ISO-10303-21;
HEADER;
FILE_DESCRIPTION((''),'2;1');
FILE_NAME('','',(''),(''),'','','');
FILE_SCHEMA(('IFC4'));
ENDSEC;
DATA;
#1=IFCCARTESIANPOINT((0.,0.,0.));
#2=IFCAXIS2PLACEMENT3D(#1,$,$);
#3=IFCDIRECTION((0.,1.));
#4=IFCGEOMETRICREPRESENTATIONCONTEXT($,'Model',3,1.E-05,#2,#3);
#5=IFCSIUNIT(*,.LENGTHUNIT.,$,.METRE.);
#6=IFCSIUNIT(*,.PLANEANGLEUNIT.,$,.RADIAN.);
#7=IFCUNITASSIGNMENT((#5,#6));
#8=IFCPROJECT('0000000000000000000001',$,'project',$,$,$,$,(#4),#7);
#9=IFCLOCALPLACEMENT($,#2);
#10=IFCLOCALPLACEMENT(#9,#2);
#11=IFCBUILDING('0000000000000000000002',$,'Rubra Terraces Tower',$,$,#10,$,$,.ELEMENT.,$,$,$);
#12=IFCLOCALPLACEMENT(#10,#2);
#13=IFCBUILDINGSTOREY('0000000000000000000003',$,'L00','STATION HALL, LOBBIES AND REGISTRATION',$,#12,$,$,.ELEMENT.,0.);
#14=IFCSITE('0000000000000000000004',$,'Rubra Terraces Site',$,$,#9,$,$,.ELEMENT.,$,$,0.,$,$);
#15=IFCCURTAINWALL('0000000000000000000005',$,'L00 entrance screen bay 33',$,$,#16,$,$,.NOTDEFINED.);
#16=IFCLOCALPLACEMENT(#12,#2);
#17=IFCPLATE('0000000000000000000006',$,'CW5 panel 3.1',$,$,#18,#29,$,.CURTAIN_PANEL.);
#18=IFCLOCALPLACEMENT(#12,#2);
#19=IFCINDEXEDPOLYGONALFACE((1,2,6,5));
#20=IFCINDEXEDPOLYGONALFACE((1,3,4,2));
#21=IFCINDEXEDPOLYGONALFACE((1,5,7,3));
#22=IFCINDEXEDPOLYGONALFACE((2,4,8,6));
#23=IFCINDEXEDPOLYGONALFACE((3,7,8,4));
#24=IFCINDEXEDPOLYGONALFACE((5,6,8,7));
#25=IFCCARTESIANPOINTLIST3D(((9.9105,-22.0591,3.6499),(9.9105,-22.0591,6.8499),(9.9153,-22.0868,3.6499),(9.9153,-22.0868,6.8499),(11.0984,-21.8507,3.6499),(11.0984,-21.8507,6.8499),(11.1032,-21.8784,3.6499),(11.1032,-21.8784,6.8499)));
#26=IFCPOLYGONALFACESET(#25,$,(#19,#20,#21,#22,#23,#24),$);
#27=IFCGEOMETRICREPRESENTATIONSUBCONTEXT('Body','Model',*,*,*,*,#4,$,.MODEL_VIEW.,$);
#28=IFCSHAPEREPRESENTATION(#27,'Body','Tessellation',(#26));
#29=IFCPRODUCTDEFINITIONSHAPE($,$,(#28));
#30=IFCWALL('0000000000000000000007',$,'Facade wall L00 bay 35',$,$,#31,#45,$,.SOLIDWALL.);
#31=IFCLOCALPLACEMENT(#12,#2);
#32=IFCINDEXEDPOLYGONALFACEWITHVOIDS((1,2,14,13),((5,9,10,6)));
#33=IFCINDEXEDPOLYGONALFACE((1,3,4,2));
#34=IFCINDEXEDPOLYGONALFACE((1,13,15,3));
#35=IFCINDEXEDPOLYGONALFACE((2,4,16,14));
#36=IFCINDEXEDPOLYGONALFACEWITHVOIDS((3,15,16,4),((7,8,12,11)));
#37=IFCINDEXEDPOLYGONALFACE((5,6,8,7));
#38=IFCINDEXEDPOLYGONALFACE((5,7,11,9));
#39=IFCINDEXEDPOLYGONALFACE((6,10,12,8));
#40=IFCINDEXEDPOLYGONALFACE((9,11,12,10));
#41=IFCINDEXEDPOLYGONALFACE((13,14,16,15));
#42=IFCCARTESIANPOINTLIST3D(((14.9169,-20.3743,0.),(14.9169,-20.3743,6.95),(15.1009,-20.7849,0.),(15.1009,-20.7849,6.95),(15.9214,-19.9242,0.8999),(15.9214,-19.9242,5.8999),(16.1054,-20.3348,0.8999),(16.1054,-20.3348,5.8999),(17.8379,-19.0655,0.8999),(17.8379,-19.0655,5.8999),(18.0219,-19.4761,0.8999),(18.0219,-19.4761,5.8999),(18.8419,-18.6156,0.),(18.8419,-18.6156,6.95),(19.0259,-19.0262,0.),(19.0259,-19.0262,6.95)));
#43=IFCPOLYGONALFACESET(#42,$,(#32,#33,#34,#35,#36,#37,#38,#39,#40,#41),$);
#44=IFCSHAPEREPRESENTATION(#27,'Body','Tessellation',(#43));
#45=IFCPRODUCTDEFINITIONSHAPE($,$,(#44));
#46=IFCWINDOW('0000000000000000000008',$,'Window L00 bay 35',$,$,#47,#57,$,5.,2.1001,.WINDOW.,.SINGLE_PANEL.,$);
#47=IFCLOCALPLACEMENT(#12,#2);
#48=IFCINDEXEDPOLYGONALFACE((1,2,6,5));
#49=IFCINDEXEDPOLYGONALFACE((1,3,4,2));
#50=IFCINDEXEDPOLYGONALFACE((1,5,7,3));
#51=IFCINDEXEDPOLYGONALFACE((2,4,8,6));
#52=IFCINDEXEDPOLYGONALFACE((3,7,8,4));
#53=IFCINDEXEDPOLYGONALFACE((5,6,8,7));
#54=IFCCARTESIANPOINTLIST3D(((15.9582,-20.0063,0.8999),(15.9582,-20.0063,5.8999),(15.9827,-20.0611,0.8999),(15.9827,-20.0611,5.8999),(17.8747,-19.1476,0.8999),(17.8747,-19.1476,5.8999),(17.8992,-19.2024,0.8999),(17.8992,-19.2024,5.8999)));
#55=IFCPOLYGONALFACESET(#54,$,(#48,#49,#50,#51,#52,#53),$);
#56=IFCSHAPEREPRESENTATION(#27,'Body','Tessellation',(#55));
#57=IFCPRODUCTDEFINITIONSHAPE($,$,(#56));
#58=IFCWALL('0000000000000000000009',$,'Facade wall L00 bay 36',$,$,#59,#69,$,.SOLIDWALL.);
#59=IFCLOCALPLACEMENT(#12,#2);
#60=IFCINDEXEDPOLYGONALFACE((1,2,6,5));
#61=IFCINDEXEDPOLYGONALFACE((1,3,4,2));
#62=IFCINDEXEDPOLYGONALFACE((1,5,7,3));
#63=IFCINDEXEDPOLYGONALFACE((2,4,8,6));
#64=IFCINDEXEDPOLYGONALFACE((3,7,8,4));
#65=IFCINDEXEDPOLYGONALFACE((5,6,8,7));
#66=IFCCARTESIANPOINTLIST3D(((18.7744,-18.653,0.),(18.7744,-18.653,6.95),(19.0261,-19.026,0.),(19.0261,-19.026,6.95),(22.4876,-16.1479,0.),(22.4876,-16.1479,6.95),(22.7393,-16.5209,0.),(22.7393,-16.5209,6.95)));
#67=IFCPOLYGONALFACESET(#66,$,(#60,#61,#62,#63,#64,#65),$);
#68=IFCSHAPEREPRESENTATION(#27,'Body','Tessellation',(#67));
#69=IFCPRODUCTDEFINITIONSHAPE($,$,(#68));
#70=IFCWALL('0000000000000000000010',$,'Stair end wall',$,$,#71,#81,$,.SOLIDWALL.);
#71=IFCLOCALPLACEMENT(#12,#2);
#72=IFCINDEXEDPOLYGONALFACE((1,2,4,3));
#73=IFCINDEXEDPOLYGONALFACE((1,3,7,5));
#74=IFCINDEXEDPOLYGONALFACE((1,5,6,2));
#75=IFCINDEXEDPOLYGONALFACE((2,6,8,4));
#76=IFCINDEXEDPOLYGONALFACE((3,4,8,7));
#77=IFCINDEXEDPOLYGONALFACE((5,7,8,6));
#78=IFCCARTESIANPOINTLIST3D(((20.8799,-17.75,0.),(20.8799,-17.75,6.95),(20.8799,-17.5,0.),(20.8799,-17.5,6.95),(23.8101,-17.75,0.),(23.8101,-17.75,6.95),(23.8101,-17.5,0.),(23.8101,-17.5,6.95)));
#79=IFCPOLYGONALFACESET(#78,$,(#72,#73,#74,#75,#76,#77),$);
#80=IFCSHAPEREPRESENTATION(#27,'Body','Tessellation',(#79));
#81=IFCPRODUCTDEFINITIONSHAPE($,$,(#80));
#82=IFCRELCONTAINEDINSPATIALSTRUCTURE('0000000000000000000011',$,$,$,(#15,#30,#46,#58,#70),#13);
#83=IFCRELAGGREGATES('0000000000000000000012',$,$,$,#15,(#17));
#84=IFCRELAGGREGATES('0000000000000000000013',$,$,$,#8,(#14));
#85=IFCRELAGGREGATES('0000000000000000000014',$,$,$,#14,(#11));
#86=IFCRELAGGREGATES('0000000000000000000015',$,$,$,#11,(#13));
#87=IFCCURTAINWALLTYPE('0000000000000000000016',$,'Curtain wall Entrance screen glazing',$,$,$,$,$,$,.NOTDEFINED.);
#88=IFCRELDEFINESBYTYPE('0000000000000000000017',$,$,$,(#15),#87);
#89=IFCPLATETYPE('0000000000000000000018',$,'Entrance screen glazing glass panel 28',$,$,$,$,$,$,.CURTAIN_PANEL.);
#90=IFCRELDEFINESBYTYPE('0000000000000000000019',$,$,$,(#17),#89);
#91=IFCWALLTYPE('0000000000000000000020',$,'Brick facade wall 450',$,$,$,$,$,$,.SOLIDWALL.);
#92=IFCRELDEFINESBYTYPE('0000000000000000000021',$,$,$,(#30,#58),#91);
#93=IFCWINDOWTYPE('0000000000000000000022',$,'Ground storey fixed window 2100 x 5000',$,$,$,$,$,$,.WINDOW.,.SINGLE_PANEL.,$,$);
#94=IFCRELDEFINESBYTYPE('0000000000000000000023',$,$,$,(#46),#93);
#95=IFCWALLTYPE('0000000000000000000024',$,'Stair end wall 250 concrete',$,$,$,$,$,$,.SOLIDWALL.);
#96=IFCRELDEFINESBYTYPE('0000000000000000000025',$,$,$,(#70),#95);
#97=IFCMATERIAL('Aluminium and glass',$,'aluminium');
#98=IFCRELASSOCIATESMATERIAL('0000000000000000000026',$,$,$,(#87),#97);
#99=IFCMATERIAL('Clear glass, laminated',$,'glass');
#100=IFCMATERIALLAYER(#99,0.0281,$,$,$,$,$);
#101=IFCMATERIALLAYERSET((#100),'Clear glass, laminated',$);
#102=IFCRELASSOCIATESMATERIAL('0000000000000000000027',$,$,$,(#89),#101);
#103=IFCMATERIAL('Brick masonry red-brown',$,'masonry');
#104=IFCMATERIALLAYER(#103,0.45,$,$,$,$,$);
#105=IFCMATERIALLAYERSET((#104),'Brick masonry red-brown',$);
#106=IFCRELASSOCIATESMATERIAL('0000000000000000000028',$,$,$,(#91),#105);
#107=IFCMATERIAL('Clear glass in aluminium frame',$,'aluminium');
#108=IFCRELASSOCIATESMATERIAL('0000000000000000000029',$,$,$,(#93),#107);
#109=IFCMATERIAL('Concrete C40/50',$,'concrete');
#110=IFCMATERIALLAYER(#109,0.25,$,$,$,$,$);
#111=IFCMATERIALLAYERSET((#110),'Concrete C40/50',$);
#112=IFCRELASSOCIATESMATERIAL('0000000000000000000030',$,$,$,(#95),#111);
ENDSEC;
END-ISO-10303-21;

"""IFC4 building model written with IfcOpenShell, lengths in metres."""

from ifc_helpers import new_model, si_unit, direction, frame, frame_2d, origin, origin_2d, place, context, subcontext, project, spatial, rectangle, extrude, material, layer, layer_set, type_object, element, fill, aggregate, save


model = new_model("IFC4")

# Units and contexts
model_context = context("Model", 3, precision=1e-05, world=origin(), true_north=direction((0.0, 1.0)))
body_context = subcontext(model_context, "Body", "Model", "MODEL_VIEW")
ifc_project = project(units=[si_unit("LENGTHUNIT", "METRE"), si_unit("PLANEANGLEUNIT", "RADIAN")], contexts=[model_context])

# Site, building, storey
site_placement = place(None, origin())
site = spatial("IfcSite", under=ifc_project, at=site_placement, Name="Rubra Terraces Site", CompositionType="ELEMENT", RefElevation=0.0)
building_placement = place(site_placement, origin())
building = spatial("IfcBuilding", under=site, at=building_placement, Name="Rubra Terraces Tower", CompositionType="ELEMENT")
storey_placement = place(building_placement, origin())
storey = spatial("IfcBuildingStorey", under=building, at=storey_placement, Name="L00", Description="STATION HALL, LOBBIES AND REGISTRATION", CompositionType="ELEMENT", Elevation=0.0)

# Curtain wall
ifc_material_1 = material(Name="Aluminium and glass", Category="aluminium")
curtain_wall_type = type_object("IfcCurtainWallType", Name="Curtain wall Entrance screen glazing", PredefinedType="NOTDEFINED", material=ifc_material_1)
curtain_wall_placement = place(storey_placement, origin())
curtain_wall = element("IfcCurtainWall", 1, at=curtain_wall_placement, inside=storey, type_object=curtain_wall_type, Name="L00 entrance screen bay 33", PredefinedType="NOTDEFINED")

# Plate
ifc_material_2 = material(Name="Clear glass, laminated", Category="glass")
ifc_layer_1 = layer(ifc_material_2, 0.0281)
ifc_layer_set_1 = layer_set([ifc_layer_1], Name="Clear glass, laminated")
plate_type = type_object("IfcPlateType", Name="Entrance screen glazing glass panel 28", PredefinedType="CURTAIN_PANEL", material=ifc_layer_set_1)
plate_1_placement = place(storey_placement, frame((10.5068, -21.9688, 3.6499), z_axis=(0.0, 0.0, 1.0), x_axis=(0.984954, 0.172817, 0.0)))
plate_1 = element("IfcPlate", 2, at=plate_1_placement, type_object=plate_type, Name="CW5 panel 3.1", PredefinedType="CURTAIN_PANEL", context=body_context, shape_type="SweptSolid", body=[
    extrude(rectangle(XDim=1.2061, YDim=0.0281, at=origin_2d()), origin(), (0.0, 0.0, 1.0), 3.2),
])
aggregate(curtain_wall, [plate_1])

# Shared definitions
ifc_material_3 = material(Name="Brick masonry red-brown", Category="masonry")
ifc_layer_2 = layer(ifc_material_3, 0.45)
ifc_layer_set_2 = layer_set([ifc_layer_2], Name="Brick masonry red-brown")
wall_type_1 = type_object("IfcWallType", Name="Brick facade wall 450", PredefinedType="SOLIDWALL", material=ifc_layer_set_2)
ifc_material_4 = material(Name="Clear glass in aluminium frame", Category="aluminium")
window_type = type_object("IfcWindowType", Name="Ground storey fixed window 2100 x 5000", PartitioningType="SINGLE_PANEL", PredefinedType="WINDOW", material=ifc_material_4)

# Wall, opening, window
wall_1_placement = place(storey_placement, frame((15.009, -20.5796, 0.0), z_axis=(0.0, 0.0, 1.0), x_axis=(0.912571, 0.408917, 0.0)))
wall_1 = element("IfcWall", 3, at=wall_1_placement, inside=storey, type_object=wall_type_1, Name="Facade wall L00 bay 35", PredefinedType="SOLIDWALL", context=body_context, shape_type="SweptSolid", body=[
    extrude(rectangle(XDim=4.301, YDim=0.45, at=frame_2d((2.1504, 0.0))), origin(), (0.0, 0.0, 1.0), 6.95),
])
opening_1_placement = place(wall_1_placement, frame((1.1006, 0.0, 0.8999)))
opening_1 = element("IfcOpeningElement", 4, at=opening_1_placement, cuts=wall_1, PredefinedType="OPENING", context=body_context, shape_type="SweptSolid", body=[
    extrude(rectangle(XDim=2.1001, YDim=5.0, at=frame_2d((1.05, 2.5))), frame((0.0, 0.2349, 0.0), z_axis=(0.0, -1.0, 0.0), x_axis=(1.0, 0.0, 0.0)), (0.0, 0.0, 1.0), 0.47),
])
window_1_placement = place(opening_1_placement, origin())
window_1 = element("IfcWindow", 5, at=window_1_placement, inside=storey, type_object=window_type, Name="Window L00 bay 35", OverallHeight=5.0, OverallWidth=2.1001, PartitioningType="SINGLE_PANEL", PredefinedType="WINDOW", context=body_context, shape_type="SweptSolid", body=[
    extrude(rectangle(XDim=2.1001, YDim=5.0, at=frame_2d((1.05, 2.5))), frame((0.0, 0.135, 0.0), z_axis=(0.0, -1.0, 0.0), x_axis=(1.0, 0.0, 0.0)), (0.0, 0.0, 1.0), 0.0601),
])
fill(opening_1, window_1)

# Walls
wall_2_placement = place(storey_placement, frame((18.9001, -18.8396, 0.0), z_axis=(0.0, 0.0, 1.0), x_axis=(0.828977, 0.559283, 0.0)))
element("IfcWall", 6, at=wall_2_placement, inside=storey, type_object=wall_type_1, Name="Facade wall L00 bay 36", PredefinedType="SOLIDWALL", context=body_context, shape_type="SweptSolid", body=[
    extrude(rectangle(XDim=4.4792, YDim=0.45, at=frame_2d((2.2397, 0.0))), origin(), (0.0, 0.0, 1.0), 6.95),
])
ifc_material_5 = material(Name="Concrete C40/50", Category="concrete")
ifc_layer_3 = layer(ifc_material_5, 0.25)
ifc_layer_set_3 = layer_set([ifc_layer_3], Name="Concrete C40/50")
wall_type_2 = type_object("IfcWallType", Name="Stair end wall 250 concrete", PredefinedType="SOLIDWALL", material=ifc_layer_set_3)
wall_3_placement = place(storey_placement, frame((20.8799, -17.625, 0.0), z_axis=(0.0, 0.0, 1.0), x_axis=(1.0, 0.0, 0.0)))
element("IfcWall", 7, at=wall_3_placement, inside=storey, type_object=wall_type_2, Name="Stair end wall", PredefinedType="SOLIDWALL", context=body_context, shape_type="SweptSolid", body=[
    extrude(rectangle(XDim=2.9302, YDim=0.25, at=frame_2d((1.4651, 0.0))), origin(), (0.0, 0.0, 1.0), 6.95),
])

save(model, "model.ifc")
